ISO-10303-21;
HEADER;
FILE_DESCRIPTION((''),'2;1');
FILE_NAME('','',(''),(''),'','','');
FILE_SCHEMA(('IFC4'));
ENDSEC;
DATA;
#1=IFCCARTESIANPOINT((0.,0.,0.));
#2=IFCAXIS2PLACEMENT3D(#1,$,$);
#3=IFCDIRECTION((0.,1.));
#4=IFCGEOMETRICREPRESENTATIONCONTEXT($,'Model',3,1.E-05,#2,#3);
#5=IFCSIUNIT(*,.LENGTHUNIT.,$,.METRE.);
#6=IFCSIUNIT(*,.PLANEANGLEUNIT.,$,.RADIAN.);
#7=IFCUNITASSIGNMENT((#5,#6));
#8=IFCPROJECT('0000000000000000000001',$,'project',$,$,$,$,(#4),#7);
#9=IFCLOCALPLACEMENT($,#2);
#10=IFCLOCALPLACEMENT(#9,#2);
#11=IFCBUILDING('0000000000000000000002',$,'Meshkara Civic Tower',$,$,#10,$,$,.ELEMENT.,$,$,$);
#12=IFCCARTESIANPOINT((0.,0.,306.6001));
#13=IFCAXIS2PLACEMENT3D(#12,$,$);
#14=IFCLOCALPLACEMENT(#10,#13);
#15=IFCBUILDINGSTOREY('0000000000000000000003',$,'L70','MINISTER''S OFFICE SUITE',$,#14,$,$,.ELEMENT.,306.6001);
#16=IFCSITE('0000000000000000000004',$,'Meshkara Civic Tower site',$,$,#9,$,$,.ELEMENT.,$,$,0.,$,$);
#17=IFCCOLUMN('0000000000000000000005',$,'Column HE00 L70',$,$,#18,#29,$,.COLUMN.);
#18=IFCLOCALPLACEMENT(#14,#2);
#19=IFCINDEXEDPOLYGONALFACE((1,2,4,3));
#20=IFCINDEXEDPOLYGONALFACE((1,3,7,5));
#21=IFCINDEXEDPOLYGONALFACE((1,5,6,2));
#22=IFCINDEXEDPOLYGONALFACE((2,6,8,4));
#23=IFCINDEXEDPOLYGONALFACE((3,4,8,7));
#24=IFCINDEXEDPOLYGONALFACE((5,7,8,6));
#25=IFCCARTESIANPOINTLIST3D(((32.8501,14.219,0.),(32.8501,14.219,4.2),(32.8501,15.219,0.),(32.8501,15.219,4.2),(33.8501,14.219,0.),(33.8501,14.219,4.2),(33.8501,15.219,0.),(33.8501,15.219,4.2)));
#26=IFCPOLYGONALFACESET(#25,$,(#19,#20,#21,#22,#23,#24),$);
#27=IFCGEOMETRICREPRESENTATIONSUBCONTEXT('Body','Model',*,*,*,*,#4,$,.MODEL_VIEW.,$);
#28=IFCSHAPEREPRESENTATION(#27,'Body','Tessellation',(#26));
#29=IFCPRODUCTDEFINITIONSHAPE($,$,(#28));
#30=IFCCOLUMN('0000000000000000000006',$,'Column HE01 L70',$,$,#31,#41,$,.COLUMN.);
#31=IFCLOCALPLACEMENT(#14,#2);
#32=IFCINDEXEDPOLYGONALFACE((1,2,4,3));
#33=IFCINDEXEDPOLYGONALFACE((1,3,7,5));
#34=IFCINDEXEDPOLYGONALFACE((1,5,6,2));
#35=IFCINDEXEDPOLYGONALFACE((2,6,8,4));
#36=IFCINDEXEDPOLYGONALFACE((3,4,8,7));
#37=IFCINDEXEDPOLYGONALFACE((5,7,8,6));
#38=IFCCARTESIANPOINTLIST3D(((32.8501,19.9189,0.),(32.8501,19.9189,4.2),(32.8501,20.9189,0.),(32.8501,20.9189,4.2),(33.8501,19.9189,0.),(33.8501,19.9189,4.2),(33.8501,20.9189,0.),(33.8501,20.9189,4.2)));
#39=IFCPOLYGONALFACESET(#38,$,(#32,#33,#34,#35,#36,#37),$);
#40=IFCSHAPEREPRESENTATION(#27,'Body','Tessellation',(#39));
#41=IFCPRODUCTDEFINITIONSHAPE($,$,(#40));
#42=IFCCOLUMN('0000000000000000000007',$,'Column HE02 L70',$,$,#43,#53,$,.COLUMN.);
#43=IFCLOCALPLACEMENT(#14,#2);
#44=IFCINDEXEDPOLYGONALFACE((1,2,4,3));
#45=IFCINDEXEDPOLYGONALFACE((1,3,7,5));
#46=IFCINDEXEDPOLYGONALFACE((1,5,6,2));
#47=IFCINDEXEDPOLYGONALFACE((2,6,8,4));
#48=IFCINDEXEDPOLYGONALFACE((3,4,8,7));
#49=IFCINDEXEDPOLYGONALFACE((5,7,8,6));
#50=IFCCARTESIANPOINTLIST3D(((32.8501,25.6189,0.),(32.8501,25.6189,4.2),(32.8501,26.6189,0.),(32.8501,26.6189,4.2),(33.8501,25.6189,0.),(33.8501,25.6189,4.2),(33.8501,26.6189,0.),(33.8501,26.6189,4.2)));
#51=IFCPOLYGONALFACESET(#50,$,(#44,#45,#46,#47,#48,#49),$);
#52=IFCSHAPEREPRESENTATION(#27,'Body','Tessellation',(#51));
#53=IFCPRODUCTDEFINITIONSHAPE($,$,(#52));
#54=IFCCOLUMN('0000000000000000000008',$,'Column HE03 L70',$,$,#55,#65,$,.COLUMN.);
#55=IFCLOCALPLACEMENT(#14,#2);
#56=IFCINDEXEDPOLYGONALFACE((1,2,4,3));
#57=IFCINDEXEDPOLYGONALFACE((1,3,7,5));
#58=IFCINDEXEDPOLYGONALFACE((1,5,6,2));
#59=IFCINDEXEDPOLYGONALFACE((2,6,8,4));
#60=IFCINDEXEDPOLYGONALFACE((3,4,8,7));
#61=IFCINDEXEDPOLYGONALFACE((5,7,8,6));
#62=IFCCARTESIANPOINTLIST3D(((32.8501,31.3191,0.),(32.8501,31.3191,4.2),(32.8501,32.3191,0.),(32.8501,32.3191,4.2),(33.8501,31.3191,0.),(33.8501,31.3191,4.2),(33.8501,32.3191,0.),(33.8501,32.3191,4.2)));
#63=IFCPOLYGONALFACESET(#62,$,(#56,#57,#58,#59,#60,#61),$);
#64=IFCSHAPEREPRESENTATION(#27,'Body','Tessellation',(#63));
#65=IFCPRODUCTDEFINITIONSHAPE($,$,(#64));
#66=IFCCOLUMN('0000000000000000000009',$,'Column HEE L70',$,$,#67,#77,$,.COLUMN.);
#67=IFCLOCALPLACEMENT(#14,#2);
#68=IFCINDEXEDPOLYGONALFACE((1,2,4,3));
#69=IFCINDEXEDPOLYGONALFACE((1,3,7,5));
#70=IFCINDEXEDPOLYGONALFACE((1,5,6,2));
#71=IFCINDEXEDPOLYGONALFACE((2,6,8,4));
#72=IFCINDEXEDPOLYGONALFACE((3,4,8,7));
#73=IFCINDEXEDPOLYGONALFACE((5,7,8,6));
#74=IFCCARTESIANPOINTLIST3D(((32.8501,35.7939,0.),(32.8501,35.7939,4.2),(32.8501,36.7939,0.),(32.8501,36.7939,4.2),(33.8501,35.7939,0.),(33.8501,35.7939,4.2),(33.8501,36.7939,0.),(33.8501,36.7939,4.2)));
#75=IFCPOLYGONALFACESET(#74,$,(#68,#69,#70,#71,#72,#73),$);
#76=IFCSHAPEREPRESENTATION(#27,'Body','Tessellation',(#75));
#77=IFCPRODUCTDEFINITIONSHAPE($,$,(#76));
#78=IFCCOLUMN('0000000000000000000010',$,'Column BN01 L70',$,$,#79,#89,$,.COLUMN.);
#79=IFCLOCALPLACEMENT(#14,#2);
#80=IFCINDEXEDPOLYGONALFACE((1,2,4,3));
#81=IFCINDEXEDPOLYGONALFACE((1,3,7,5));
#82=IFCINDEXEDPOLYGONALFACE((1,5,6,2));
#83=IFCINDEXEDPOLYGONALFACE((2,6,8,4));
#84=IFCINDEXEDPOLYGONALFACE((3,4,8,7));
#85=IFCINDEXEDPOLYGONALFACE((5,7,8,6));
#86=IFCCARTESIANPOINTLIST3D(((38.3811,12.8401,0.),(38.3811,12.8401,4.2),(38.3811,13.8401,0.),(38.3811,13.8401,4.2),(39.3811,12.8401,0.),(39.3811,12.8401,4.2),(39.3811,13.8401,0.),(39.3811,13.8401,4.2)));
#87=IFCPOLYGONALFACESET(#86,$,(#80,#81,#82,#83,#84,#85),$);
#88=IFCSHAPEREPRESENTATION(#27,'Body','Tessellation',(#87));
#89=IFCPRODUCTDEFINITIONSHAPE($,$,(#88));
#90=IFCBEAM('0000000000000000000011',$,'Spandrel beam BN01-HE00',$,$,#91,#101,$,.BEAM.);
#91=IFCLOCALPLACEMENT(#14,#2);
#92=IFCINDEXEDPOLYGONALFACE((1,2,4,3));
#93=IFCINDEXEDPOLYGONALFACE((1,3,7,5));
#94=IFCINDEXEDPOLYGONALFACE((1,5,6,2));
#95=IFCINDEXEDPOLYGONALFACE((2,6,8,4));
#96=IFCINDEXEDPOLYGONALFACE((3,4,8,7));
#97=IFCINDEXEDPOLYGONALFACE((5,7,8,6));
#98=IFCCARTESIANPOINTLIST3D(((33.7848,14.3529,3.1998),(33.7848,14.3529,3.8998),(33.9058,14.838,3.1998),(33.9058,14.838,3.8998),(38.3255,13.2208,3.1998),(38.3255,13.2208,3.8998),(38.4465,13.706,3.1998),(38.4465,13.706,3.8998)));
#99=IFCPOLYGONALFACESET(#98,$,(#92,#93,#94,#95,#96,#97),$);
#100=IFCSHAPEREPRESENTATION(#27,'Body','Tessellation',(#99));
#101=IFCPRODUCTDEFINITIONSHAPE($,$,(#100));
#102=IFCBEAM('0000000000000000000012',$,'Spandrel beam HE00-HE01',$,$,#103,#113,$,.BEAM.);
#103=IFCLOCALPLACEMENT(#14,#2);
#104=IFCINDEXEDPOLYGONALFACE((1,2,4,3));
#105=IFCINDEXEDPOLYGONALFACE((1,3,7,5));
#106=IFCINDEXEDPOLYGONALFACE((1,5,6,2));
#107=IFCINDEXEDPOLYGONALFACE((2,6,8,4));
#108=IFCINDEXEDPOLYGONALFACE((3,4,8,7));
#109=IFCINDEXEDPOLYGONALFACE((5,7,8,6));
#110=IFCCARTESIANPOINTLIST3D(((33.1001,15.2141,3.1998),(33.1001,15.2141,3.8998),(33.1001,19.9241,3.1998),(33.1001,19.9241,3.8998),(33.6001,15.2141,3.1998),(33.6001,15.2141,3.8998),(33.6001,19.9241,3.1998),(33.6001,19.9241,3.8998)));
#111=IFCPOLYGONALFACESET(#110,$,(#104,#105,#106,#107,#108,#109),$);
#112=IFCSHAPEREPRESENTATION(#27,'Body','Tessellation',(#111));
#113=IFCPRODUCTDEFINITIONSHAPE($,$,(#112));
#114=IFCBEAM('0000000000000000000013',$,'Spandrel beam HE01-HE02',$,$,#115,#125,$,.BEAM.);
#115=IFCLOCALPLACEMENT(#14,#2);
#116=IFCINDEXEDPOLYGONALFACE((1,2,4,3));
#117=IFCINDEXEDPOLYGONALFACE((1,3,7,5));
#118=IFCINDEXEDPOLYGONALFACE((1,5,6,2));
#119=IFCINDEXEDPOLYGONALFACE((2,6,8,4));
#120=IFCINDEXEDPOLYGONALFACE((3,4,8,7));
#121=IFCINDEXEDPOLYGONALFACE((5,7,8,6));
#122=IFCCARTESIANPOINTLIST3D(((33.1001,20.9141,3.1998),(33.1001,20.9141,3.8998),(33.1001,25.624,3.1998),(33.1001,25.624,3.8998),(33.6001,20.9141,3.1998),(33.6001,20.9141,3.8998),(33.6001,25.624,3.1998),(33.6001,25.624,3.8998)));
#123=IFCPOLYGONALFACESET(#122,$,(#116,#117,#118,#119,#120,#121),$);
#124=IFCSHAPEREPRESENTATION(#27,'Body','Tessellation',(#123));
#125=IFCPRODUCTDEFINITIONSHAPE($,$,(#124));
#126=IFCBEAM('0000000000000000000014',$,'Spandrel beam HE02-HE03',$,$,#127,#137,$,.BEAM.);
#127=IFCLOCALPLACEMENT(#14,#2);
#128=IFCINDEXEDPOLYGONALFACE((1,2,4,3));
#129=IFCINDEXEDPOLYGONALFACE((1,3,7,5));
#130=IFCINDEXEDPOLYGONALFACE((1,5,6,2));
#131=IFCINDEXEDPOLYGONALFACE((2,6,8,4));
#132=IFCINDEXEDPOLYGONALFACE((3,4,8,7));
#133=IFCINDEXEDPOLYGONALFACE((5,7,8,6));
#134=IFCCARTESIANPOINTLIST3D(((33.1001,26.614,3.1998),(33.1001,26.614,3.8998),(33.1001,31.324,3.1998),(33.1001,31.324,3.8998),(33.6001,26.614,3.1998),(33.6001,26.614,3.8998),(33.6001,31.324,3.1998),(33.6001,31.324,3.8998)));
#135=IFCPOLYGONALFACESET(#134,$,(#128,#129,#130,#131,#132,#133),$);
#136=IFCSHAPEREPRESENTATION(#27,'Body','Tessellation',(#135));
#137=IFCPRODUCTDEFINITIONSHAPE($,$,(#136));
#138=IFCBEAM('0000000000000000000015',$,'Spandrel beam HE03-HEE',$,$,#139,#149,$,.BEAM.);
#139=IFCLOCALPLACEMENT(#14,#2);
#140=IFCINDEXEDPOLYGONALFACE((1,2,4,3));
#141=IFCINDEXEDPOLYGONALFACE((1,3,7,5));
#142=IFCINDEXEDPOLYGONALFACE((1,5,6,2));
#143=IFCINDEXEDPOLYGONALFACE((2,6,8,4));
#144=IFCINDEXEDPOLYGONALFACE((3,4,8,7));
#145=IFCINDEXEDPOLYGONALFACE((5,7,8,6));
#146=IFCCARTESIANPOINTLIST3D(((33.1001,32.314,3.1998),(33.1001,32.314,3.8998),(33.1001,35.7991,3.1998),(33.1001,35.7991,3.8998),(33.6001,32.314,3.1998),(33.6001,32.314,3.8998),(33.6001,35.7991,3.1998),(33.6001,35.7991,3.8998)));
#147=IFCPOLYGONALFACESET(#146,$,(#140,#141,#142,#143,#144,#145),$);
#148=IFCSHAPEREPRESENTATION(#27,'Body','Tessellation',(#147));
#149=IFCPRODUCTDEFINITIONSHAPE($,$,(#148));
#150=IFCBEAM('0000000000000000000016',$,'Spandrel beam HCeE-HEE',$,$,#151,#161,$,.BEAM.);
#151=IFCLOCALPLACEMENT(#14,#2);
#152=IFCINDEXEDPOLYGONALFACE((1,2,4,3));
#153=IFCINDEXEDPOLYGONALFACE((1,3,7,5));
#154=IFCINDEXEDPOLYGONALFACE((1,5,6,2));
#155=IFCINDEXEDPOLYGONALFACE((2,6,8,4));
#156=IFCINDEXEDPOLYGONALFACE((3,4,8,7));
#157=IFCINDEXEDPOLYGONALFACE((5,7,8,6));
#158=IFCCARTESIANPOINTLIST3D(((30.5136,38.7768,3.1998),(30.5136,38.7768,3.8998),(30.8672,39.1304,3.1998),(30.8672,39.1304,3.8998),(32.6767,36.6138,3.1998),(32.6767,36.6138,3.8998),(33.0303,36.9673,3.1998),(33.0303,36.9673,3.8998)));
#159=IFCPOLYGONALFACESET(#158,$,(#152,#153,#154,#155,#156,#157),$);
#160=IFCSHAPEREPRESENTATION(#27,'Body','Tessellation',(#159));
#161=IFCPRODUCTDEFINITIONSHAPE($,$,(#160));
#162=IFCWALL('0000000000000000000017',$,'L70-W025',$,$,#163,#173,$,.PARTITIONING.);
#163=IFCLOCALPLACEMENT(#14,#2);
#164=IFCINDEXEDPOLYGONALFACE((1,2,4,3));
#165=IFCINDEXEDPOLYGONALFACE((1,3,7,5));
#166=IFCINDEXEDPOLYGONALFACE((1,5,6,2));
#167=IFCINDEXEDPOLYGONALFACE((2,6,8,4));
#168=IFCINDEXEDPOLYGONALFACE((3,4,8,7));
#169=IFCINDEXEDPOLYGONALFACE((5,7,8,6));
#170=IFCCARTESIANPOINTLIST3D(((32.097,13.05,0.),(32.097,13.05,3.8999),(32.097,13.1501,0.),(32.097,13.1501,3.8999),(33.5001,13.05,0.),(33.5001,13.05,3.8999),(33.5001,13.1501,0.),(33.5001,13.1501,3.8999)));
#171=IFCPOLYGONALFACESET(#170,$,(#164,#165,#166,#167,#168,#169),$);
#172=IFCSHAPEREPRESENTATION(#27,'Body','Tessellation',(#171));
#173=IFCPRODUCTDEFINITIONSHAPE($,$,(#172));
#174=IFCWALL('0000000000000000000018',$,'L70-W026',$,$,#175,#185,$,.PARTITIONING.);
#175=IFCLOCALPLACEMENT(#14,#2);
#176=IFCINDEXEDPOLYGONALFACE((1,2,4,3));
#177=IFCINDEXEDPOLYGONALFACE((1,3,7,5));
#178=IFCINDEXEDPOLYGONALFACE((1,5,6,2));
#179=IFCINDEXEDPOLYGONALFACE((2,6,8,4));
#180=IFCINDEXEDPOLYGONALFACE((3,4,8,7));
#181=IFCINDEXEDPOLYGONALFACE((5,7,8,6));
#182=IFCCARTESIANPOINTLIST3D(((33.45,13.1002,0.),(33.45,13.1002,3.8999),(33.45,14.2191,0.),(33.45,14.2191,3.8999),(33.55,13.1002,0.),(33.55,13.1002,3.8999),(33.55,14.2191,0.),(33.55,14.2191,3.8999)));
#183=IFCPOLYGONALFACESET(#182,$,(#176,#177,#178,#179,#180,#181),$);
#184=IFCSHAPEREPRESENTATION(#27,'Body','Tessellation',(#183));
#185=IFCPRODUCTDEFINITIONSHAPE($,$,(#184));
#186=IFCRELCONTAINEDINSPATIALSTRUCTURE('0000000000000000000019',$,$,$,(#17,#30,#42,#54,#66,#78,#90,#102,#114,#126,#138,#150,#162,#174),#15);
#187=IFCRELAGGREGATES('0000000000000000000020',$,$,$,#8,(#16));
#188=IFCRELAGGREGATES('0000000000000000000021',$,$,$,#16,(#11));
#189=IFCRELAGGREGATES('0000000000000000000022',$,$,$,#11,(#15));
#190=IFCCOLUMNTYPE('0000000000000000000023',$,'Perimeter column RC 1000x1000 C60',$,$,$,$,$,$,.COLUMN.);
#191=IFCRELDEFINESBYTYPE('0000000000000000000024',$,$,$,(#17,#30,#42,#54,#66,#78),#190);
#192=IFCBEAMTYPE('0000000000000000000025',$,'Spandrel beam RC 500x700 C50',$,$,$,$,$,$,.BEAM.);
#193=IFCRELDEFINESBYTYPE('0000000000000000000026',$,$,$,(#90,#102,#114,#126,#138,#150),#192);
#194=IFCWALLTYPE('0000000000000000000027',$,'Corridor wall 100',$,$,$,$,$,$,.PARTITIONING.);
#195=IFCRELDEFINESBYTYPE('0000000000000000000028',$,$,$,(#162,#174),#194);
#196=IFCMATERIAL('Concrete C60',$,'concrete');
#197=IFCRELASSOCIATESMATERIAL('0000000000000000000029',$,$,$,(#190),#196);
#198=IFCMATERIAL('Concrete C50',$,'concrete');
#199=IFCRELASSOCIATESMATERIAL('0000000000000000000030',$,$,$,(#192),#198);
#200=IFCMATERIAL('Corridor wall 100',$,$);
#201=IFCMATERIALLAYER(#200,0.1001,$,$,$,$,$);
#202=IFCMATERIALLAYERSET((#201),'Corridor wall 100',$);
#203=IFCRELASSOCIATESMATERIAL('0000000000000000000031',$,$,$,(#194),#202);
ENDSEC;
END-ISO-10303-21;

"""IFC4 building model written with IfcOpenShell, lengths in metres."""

from ifc_helpers import new_model, si_unit, direction, frame, frame_2d, origin, origin_2d, place, context, subcontext, project, spatial, rectangle, extrude, material, layer, layer_set, material_profile, profile_set, type_object, element, save


model = new_model("IFC4")

# Units and contexts
model_context = context("Model", 3, precision=1e-05, world=origin(), true_north=direction((0.0, 1.0)))
body_context = subcontext(model_context, "Body", "Model", "MODEL_VIEW")
ifc_project = project(units=[si_unit("LENGTHUNIT", "METRE"), si_unit("PLANEANGLEUNIT", "RADIAN")], contexts=[model_context])

# Site, building, storey
site_placement = place(None, origin())
site = spatial("IfcSite", under=ifc_project, at=site_placement, Name="Meshkara Civic Tower site", CompositionType="ELEMENT", RefElevation=0.0)
building_placement = place(site_placement, origin())
building = spatial("IfcBuilding", under=site, at=building_placement, Name="Meshkara Civic Tower", CompositionType="ELEMENT")
storey_placement = place(building_placement, frame((0.0, 0.0, 306.6001)))
storey = spatial("IfcBuildingStorey", under=building, at=storey_placement, Name="L70", Description="MINISTER'S OFFICE SUITE", CompositionType="ELEMENT", Elevation=306.6001)

# Columns
ifc_material_1 = material(Name="Concrete C60", Category="concrete")
ifc_material_profile_1 = material_profile(ifc_material_1, rectangle(XDim=1.0, YDim=1.0, at=origin_2d()))
ifc_profile_set_1 = profile_set([ifc_material_profile_1], Name="Concrete C60")
column_type = type_object("IfcColumnType", Name="Perimeter column RC 1000x1000 C60", PredefinedType="COLUMN", material=ifc_profile_set_1)
for number, where, z_axis, x_axis, name in (
    (1, (33.3501, 14.719, 0.0), (0.0, 0.0, 1.0), (1.0, 0.0, 0.0), "Column HE00 L70"),
    (2, (33.3501, 20.4189, 0.0), (0.0, 0.0, 1.0), (1.0, 0.0, 0.0), "Column HE01 L70"),
    (3, (33.3501, 26.1189, 0.0), (0.0, 0.0, 1.0), (1.0, 0.0, 0.0), "Column HE02 L70"),
    (4, (33.3501, 31.8191, 0.0), (0.0, 0.0, 1.0), (1.0, 0.0, 0.0), "Column HE03 L70"),
    (5, (33.3501, 36.2939, 0.0), (0.0, 0.0, 1.0), (1.0, 0.0, 0.0), "Column HEE L70"),
    (6, (38.8811, 13.3401, 0.0), (0.0, 0.0, 1.0), (1.0, 0.0, 0.0), "Column BN01 L70"),
):
    element("IfcColumn", number, at=place(storey_placement, frame(where, z_axis=z_axis, x_axis=x_axis)), inside=storey, type_object=column_type, Name=name, PredefinedType="COLUMN", context=body_context, shape_type="SweptSolid", body=[
        extrude(rectangle(XDim=1.0, YDim=1.0, at=origin_2d()), origin(), (0.0, 0.0, 1.0), 4.2),
    ])

# Beams
ifc_material_2 = material(Name="Concrete C50", Category="concrete")
ifc_material_profile_2 = material_profile(ifc_material_2, rectangle(XDim=0.5, YDim=0.7, at=origin_2d()))
ifc_profile_set_2 = profile_set([ifc_material_profile_2], Name="Concrete C50")
beam_type = type_object("IfcBeamType", Name="Spandrel beam RC 500x700 C50", PredefinedType="BEAM", material=ifc_profile_set_2)
beam_1_placement = place(storey_placement, frame((38.386, 13.4634, 3.5498), z_axis=(-0.970299, 0.24191, 0.0), x_axis=(-0.24191, -0.970299, 0.0)))
element("IfcBeam", 7, at=beam_1_placement, inside=storey, type_object=beam_type, Name="Spandrel beam BN01-HE00", PredefinedType="BEAM", context=body_context, shape_type="SweptSolid", body=[
    extrude(rectangle(XDim=0.5, YDim=0.7, at=origin_2d()), origin(), (0.0, 0.0, 1.0), 4.6797),
])
for number, where, z_axis, x_axis, name in (
    (8, (33.3501, 15.2141, 3.5498), (0.0, 1.0, 0.0), (-1.0, 0.0, 0.0), "Spandrel beam HE00-HE01"),
    (9, (33.3501, 20.9141, 3.5498), (0.0, 1.0, 0.0), (-1.0, 0.0, 0.0), "Spandrel beam HE01-HE02"),
    (10, (33.3501, 26.614, 3.5498), (0.0, 1.0, 0.0), (-1.0, 0.0, 0.0), "Spandrel beam HE02-HE03"),
):
    element("IfcBeam", number, at=place(storey_placement, frame(where, z_axis=z_axis, x_axis=x_axis)), inside=storey, type_object=beam_type, Name=name, PredefinedType="BEAM", context=body_context, shape_type="SweptSolid", body=[
        extrude(rectangle(XDim=0.5, YDim=0.7, at=origin_2d()), origin(), (0.0, 0.0, 1.0), 4.71),
    ])
beam_2_placement = place(storey_placement, frame((33.3501, 32.314, 3.5498), z_axis=(0.0, 1.0, 0.0), x_axis=(-1.0, 0.0, 0.0)))
element("IfcBeam", 11, at=beam_2_placement, inside=storey, type_object=beam_type, Name="Spandrel beam HE03-HEE", PredefinedType="BEAM", context=body_context, shape_type="SweptSolid", body=[
    extrude(rectangle(XDim=0.5, YDim=0.7, at=origin_2d()), origin(), (0.0, 0.0, 1.0), 3.4851),
])
beam_3_placement = place(storey_placement, frame((32.8535, 36.7905, 3.5498), z_axis=(-0.707107, 0.707107, 0.0), x_axis=(-0.707107, -0.707107, 0.0)))
element("IfcBeam", 12, at=beam_3_placement, inside=storey, type_object=beam_type, Name="Spandrel beam HCeE-HEE", PredefinedType="BEAM", context=body_context, shape_type="SweptSolid", body=[
    extrude(rectangle(XDim=0.5, YDim=0.7, at=origin_2d()), origin(), (0.0, 0.0, 1.0), 3.0591),
])

# Walls
ifc_material_3 = material(Name="Corridor wall 100")
ifc_layer_1 = layer(ifc_material_3, 0.1001)
ifc_layer_set_1 = layer_set([ifc_layer_1], Name="Corridor wall 100")
wall_type_1 = type_object("IfcWallType", Name="Corridor wall 100", PredefinedType="PARTITIONING", material=ifc_layer_set_1)
wall_1_placement = place(storey_placement, frame((32.0969, 13.1001, 0.0), z_axis=(0.0, 0.0, 1.0), x_axis=(1.0, 0.0, 0.0)))
element("IfcWall", 13, at=wall_1_placement, inside=storey, type_object=wall_type_1, Name="L70-W025", PredefinedType="PARTITIONING", context=body_context, shape_type="SweptSolid", body=[
    extrude(rectangle(XDim=1.4031, YDim=0.1001, at=frame_2d((0.7017, 0.0))), origin(), (0.0, 0.0, 1.0), 3.8999),
])
wall_2_placement = place(storey_placement, frame((33.5, 13.1001, 0.0), z_axis=(0.0, 0.0, 1.0), x_axis=(0.0, 1.0, 0.0)))
element("IfcWall", 14, at=wall_2_placement, inside=storey, type_object=wall_type_1, Name="L70-W026", PredefinedType="PARTITIONING", context=body_context, shape_type="SweptSolid", body=[
    extrude(rectangle(XDim=1.1189, YDim=0.1001, at=frame_2d((0.5596, 0.0))), origin(), (0.0, 0.0, 1.0), 3.8999),
])

save(model, "model.ifc")
